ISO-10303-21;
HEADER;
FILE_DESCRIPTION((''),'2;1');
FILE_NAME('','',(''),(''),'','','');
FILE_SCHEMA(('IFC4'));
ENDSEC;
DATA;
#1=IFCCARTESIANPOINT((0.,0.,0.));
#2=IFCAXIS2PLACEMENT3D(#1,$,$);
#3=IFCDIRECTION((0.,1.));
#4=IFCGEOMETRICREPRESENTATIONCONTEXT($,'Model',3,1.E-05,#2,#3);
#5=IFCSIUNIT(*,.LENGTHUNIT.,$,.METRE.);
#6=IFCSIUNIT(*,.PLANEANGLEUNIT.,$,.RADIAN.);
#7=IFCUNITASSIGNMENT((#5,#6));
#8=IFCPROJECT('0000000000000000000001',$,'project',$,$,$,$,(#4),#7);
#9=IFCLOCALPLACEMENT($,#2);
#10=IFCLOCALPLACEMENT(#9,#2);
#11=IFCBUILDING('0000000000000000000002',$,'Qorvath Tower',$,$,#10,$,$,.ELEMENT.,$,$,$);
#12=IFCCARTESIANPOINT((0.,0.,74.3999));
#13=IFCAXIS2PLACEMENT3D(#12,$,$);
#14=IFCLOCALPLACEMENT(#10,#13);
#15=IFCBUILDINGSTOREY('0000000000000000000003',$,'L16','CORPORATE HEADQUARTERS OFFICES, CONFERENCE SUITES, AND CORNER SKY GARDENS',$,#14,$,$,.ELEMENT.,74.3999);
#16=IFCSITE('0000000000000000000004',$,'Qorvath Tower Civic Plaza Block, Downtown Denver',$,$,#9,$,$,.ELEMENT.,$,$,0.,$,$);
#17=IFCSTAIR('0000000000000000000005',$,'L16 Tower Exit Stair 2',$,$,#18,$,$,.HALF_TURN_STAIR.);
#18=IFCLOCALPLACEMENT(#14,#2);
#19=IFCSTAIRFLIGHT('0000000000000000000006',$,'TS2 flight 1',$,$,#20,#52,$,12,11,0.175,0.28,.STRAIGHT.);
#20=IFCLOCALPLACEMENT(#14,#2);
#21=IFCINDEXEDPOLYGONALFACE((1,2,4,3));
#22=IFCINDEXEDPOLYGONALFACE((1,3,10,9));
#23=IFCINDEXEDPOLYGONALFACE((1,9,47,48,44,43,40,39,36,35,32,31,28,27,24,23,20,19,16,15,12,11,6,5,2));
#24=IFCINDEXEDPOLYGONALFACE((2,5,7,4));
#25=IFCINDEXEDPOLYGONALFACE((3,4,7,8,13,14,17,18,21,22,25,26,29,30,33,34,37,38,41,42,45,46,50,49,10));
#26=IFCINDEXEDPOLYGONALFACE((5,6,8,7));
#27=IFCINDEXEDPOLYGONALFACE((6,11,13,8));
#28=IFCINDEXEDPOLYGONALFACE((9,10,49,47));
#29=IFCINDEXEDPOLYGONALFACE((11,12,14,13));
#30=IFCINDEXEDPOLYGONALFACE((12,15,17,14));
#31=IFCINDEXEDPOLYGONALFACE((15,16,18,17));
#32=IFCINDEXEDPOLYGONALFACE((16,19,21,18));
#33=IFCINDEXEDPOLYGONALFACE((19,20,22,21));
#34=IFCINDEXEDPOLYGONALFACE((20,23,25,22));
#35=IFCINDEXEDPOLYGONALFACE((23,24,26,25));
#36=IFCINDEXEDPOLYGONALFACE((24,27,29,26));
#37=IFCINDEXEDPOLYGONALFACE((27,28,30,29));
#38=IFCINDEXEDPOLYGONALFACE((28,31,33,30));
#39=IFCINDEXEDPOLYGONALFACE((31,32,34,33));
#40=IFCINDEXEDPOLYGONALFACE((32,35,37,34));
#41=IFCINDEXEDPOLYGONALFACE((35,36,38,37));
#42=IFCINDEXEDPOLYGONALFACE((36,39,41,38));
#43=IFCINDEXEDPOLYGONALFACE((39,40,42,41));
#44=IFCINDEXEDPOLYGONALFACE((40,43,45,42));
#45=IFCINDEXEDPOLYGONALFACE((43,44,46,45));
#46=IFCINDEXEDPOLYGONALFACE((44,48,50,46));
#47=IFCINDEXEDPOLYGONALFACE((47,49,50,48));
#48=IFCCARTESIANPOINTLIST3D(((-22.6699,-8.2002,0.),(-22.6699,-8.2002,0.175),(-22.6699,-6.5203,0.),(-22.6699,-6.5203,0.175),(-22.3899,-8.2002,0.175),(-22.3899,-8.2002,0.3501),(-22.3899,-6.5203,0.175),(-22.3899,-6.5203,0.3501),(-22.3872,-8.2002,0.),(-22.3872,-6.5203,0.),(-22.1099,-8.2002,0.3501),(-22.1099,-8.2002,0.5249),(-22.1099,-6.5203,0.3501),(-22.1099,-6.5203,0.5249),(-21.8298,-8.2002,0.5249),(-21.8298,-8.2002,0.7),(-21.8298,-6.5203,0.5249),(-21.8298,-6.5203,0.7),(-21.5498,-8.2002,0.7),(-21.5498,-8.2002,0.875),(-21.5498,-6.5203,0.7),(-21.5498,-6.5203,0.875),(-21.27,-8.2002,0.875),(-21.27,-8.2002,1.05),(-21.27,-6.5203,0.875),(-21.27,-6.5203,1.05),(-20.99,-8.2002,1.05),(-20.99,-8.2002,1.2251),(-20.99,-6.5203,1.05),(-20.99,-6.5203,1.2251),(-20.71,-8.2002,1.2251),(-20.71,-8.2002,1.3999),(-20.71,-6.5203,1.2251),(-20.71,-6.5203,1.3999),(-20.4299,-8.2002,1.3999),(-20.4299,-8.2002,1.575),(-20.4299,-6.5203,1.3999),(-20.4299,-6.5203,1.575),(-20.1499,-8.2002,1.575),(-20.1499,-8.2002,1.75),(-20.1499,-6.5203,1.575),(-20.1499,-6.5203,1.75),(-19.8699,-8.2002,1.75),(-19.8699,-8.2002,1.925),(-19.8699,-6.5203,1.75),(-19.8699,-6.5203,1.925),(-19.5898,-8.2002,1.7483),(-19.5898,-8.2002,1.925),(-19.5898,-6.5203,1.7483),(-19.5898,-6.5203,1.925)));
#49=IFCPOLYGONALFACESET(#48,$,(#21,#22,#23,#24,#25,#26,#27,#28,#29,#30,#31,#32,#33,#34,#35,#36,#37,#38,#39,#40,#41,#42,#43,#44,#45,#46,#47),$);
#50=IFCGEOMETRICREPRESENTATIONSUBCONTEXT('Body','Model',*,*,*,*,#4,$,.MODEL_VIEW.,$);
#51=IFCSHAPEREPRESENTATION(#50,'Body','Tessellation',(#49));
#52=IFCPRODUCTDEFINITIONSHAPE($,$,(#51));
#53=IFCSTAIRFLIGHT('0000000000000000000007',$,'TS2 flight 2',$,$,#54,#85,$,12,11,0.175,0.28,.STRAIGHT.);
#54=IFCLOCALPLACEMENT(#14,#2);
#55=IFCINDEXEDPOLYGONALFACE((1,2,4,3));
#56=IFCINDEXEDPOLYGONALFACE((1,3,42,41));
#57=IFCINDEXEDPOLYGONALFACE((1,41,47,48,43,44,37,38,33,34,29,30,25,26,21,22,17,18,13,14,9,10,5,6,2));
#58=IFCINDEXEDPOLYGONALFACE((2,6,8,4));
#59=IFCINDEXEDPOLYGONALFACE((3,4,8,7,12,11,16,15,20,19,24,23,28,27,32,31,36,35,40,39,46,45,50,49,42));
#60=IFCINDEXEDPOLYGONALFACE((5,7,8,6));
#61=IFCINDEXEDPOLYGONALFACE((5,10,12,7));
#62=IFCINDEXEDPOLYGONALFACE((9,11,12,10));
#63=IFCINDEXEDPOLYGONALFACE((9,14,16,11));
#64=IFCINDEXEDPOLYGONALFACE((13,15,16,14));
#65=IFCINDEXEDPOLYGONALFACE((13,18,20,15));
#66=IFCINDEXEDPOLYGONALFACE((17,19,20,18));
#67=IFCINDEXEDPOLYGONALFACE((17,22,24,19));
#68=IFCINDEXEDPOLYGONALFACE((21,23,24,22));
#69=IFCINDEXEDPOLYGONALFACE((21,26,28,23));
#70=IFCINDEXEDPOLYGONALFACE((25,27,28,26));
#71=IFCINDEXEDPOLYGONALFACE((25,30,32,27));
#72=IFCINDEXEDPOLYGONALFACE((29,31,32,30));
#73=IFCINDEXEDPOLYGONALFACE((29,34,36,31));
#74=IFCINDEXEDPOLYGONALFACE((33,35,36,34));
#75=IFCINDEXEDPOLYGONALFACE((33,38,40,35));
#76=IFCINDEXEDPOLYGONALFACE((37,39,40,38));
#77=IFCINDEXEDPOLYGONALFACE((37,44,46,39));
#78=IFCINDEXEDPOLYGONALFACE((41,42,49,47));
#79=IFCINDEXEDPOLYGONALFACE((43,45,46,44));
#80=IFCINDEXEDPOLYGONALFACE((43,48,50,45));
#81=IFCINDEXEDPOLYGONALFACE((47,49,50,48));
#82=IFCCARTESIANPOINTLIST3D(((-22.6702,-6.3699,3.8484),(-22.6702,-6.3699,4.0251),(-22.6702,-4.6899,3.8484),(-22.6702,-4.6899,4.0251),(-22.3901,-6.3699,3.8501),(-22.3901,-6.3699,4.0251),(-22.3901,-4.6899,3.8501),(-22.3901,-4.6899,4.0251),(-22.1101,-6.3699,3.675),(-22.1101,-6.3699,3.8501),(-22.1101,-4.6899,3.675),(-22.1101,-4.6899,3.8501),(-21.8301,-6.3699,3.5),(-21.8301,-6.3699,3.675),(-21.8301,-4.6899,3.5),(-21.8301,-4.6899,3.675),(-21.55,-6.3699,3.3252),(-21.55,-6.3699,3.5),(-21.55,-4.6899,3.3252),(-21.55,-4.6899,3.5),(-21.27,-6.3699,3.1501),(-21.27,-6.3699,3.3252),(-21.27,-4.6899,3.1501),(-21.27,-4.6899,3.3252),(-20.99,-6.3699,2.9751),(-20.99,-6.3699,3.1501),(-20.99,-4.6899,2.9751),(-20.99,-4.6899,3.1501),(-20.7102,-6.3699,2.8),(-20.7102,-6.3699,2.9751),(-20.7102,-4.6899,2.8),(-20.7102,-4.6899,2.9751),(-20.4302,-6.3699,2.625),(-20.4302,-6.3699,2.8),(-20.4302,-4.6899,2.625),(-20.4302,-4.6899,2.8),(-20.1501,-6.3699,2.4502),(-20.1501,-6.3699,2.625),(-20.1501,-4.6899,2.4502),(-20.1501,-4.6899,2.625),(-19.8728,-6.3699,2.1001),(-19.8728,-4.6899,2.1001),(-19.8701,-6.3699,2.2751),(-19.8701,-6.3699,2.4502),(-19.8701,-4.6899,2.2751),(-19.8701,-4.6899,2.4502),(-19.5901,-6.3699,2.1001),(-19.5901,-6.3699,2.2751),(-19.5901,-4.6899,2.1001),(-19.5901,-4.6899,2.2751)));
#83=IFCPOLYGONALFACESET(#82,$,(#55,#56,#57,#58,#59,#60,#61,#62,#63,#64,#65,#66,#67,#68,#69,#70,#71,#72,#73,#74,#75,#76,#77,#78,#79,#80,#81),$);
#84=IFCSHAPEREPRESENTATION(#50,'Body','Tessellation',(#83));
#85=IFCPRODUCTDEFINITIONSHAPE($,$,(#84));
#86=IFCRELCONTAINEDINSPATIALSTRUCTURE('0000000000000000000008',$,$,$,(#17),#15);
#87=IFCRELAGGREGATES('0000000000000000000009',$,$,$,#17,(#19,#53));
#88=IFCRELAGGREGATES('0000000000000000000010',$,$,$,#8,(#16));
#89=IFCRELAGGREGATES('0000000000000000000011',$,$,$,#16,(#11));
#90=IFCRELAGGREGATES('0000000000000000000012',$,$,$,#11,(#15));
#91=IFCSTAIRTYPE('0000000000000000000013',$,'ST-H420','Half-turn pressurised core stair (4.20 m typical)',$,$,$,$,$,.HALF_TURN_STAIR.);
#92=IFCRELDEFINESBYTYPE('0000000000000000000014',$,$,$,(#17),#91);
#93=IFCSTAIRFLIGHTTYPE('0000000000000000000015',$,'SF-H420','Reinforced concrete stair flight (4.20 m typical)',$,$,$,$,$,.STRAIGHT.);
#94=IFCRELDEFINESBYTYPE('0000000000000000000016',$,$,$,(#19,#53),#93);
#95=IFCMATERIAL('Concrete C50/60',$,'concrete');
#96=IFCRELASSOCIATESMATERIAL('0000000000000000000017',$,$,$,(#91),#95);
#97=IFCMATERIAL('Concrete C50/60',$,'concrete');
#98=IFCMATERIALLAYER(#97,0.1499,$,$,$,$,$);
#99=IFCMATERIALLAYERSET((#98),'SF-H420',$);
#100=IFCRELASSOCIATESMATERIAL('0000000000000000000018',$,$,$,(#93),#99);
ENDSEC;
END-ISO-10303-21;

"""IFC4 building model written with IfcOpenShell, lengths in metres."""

from ifc_helpers import new_model, si_unit, direction, frame, origin, place, context, subcontext, project, spatial, polyline, outline, extrude, material, layer, layer_set, type_object, element, aggregate, save


model = new_model("IFC4")

# Units and contexts
model_context = context("Model", 3, precision=1e-05, world=origin(), true_north=direction((0.0, 1.0)))
body_context = subcontext(model_context, "Body", "Model", "MODEL_VIEW")
ifc_project = project(units=[si_unit("LENGTHUNIT", "METRE"), si_unit("PLANEANGLEUNIT", "RADIAN")], contexts=[model_context])

# Site, building, storey
site_placement = place(None, origin())
site = spatial("IfcSite", under=ifc_project, at=site_placement, Name="Qorvath Tower Civic Plaza Block, Downtown Denver", CompositionType="ELEMENT", RefElevation=0.0)
building_placement = place(site_placement, origin())
building = spatial("IfcBuilding", under=site, at=building_placement, Name="Qorvath Tower", CompositionType="ELEMENT")
storey_placement = place(building_placement, frame((0.0, 0.0, 74.3999)))
storey = spatial("IfcBuildingStorey", under=building, at=storey_placement, Name="L16", Description="CORPORATE HEADQUARTERS OFFICES, CONFERENCE SUITES, AND CORNER SKY GARDENS", CompositionType="ELEMENT", Elevation=74.3999)

# Stair, stair flights
ifc_material_1 = material(Name="Concrete C50/60", Category="concrete")
stair_type = type_object("IfcStairType", Name="ST-H420", Description="Half-turn pressurised core stair (4.20 m typical)", PredefinedType="HALF_TURN_STAIR", material=ifc_material_1)
stair_placement = place(storey_placement, origin())
stair = element("IfcStair", 1, at=stair_placement, inside=storey, type_object=stair_type, Name="L16 Tower Exit Stair 2", PredefinedType="HALF_TURN_STAIR")
ifc_material_2 = material(Name="Concrete C50/60", Category="concrete")
ifc_layer_1 = layer(ifc_material_2, 0.1499)
ifc_layer_set_1 = layer_set([ifc_layer_1], Name="SF-H420")
stair_flight_type = type_object("IfcStairFlightType", Name="SF-H420", Description="Reinforced concrete stair flight (4.20 m typical)", PredefinedType="STRAIGHT", material=ifc_layer_set_1)
stair_flight_1_placement = place(storey_placement, frame((-22.6699, -7.3601, 0.0), z_axis=(0.0, 0.0, 1.0), x_axis=(1.0, 0.0, 0.0)))
stair_flight_1 = element("IfcStairFlight", 2, at=stair_flight_1_placement, type_object=stair_flight_type, Name="TS2 flight 1", NumberOfRisers=12, NumberOfTreads=11, PredefinedType="STRAIGHT", RiserHeight=0.175, TreadLength=0.28, context=body_context, shape_type="SweptSolid", body=[
    extrude(outline(polyline([(0.0, 0.0), (0.0, 0.175), (0.28, 0.175), (0.28, 0.3501), (0.5601, 0.3501), (0.5601, 0.5249), (0.8401, 0.5249), (0.8401, 0.7), (1.1201, 0.7), (1.1201, 0.875), (1.3999, 0.875), (1.3999, 1.05), (1.6799, 1.05), (1.6799, 1.2251), (1.96, 1.2251), (1.96, 1.3999), (2.24, 1.3999), (2.24, 1.575), (2.52, 1.575), (2.52, 1.75), (2.8, 1.75), (2.8, 1.925), (3.0801, 1.925), (3.0801, 2.1001), (3.0801, 1.7483), (0.2827, 0.0), (0.0, 0.0)])), frame((0.0, 0.8398, 0.0), z_axis=(0.0, -1.0, 0.0), x_axis=(1.0, 0.0, 0.0)), (0.0, 0.0, 1.0), 1.6799),
])
stair_flight_2_placement = place(storey_placement, frame((-19.5901, -5.53, 2.1001), z_axis=(0.0, 0.0, 1.0), x_axis=(-1.0, 0.0, 0.0)))
stair_flight_2 = element("IfcStairFlight", 3, at=stair_flight_2_placement, type_object=stair_flight_type, Name="TS2 flight 2", NumberOfRisers=12, NumberOfTreads=11, PredefinedType="STRAIGHT", RiserHeight=0.175, TreadLength=0.28, context=body_context, shape_type="SweptSolid", body=[
    extrude(outline(polyline([(0.0, 0.0), (0.0, 0.175), (0.28, 0.175), (0.28, 0.3501), (0.5601, 0.3501), (0.5601, 0.5249), (0.8401, 0.5249), (0.8401, 0.7), (1.1201, 0.7), (1.1201, 0.875), (1.3999, 0.875), (1.3999, 1.05), (1.6799, 1.05), (1.6799, 1.2251), (1.96, 1.2251), (1.96, 1.3999), (2.24, 1.3999), (2.24, 1.575), (2.52, 1.575), (2.52, 1.75), (2.8, 1.75), (2.8, 1.925), (3.0801, 1.925), (3.0801, 2.1001), (3.0801, 1.7483), (0.2827, 0.0), (0.0, 0.0)])), frame((0.0, 0.8398, 0.0), z_axis=(0.0, -1.0, 0.0), x_axis=(1.0, 0.0, 0.0)), (0.0, 0.0, 1.0), 1.6799),
])
aggregate(stair, [stair_flight_1, stair_flight_2])

save(model, "model.ifc")
